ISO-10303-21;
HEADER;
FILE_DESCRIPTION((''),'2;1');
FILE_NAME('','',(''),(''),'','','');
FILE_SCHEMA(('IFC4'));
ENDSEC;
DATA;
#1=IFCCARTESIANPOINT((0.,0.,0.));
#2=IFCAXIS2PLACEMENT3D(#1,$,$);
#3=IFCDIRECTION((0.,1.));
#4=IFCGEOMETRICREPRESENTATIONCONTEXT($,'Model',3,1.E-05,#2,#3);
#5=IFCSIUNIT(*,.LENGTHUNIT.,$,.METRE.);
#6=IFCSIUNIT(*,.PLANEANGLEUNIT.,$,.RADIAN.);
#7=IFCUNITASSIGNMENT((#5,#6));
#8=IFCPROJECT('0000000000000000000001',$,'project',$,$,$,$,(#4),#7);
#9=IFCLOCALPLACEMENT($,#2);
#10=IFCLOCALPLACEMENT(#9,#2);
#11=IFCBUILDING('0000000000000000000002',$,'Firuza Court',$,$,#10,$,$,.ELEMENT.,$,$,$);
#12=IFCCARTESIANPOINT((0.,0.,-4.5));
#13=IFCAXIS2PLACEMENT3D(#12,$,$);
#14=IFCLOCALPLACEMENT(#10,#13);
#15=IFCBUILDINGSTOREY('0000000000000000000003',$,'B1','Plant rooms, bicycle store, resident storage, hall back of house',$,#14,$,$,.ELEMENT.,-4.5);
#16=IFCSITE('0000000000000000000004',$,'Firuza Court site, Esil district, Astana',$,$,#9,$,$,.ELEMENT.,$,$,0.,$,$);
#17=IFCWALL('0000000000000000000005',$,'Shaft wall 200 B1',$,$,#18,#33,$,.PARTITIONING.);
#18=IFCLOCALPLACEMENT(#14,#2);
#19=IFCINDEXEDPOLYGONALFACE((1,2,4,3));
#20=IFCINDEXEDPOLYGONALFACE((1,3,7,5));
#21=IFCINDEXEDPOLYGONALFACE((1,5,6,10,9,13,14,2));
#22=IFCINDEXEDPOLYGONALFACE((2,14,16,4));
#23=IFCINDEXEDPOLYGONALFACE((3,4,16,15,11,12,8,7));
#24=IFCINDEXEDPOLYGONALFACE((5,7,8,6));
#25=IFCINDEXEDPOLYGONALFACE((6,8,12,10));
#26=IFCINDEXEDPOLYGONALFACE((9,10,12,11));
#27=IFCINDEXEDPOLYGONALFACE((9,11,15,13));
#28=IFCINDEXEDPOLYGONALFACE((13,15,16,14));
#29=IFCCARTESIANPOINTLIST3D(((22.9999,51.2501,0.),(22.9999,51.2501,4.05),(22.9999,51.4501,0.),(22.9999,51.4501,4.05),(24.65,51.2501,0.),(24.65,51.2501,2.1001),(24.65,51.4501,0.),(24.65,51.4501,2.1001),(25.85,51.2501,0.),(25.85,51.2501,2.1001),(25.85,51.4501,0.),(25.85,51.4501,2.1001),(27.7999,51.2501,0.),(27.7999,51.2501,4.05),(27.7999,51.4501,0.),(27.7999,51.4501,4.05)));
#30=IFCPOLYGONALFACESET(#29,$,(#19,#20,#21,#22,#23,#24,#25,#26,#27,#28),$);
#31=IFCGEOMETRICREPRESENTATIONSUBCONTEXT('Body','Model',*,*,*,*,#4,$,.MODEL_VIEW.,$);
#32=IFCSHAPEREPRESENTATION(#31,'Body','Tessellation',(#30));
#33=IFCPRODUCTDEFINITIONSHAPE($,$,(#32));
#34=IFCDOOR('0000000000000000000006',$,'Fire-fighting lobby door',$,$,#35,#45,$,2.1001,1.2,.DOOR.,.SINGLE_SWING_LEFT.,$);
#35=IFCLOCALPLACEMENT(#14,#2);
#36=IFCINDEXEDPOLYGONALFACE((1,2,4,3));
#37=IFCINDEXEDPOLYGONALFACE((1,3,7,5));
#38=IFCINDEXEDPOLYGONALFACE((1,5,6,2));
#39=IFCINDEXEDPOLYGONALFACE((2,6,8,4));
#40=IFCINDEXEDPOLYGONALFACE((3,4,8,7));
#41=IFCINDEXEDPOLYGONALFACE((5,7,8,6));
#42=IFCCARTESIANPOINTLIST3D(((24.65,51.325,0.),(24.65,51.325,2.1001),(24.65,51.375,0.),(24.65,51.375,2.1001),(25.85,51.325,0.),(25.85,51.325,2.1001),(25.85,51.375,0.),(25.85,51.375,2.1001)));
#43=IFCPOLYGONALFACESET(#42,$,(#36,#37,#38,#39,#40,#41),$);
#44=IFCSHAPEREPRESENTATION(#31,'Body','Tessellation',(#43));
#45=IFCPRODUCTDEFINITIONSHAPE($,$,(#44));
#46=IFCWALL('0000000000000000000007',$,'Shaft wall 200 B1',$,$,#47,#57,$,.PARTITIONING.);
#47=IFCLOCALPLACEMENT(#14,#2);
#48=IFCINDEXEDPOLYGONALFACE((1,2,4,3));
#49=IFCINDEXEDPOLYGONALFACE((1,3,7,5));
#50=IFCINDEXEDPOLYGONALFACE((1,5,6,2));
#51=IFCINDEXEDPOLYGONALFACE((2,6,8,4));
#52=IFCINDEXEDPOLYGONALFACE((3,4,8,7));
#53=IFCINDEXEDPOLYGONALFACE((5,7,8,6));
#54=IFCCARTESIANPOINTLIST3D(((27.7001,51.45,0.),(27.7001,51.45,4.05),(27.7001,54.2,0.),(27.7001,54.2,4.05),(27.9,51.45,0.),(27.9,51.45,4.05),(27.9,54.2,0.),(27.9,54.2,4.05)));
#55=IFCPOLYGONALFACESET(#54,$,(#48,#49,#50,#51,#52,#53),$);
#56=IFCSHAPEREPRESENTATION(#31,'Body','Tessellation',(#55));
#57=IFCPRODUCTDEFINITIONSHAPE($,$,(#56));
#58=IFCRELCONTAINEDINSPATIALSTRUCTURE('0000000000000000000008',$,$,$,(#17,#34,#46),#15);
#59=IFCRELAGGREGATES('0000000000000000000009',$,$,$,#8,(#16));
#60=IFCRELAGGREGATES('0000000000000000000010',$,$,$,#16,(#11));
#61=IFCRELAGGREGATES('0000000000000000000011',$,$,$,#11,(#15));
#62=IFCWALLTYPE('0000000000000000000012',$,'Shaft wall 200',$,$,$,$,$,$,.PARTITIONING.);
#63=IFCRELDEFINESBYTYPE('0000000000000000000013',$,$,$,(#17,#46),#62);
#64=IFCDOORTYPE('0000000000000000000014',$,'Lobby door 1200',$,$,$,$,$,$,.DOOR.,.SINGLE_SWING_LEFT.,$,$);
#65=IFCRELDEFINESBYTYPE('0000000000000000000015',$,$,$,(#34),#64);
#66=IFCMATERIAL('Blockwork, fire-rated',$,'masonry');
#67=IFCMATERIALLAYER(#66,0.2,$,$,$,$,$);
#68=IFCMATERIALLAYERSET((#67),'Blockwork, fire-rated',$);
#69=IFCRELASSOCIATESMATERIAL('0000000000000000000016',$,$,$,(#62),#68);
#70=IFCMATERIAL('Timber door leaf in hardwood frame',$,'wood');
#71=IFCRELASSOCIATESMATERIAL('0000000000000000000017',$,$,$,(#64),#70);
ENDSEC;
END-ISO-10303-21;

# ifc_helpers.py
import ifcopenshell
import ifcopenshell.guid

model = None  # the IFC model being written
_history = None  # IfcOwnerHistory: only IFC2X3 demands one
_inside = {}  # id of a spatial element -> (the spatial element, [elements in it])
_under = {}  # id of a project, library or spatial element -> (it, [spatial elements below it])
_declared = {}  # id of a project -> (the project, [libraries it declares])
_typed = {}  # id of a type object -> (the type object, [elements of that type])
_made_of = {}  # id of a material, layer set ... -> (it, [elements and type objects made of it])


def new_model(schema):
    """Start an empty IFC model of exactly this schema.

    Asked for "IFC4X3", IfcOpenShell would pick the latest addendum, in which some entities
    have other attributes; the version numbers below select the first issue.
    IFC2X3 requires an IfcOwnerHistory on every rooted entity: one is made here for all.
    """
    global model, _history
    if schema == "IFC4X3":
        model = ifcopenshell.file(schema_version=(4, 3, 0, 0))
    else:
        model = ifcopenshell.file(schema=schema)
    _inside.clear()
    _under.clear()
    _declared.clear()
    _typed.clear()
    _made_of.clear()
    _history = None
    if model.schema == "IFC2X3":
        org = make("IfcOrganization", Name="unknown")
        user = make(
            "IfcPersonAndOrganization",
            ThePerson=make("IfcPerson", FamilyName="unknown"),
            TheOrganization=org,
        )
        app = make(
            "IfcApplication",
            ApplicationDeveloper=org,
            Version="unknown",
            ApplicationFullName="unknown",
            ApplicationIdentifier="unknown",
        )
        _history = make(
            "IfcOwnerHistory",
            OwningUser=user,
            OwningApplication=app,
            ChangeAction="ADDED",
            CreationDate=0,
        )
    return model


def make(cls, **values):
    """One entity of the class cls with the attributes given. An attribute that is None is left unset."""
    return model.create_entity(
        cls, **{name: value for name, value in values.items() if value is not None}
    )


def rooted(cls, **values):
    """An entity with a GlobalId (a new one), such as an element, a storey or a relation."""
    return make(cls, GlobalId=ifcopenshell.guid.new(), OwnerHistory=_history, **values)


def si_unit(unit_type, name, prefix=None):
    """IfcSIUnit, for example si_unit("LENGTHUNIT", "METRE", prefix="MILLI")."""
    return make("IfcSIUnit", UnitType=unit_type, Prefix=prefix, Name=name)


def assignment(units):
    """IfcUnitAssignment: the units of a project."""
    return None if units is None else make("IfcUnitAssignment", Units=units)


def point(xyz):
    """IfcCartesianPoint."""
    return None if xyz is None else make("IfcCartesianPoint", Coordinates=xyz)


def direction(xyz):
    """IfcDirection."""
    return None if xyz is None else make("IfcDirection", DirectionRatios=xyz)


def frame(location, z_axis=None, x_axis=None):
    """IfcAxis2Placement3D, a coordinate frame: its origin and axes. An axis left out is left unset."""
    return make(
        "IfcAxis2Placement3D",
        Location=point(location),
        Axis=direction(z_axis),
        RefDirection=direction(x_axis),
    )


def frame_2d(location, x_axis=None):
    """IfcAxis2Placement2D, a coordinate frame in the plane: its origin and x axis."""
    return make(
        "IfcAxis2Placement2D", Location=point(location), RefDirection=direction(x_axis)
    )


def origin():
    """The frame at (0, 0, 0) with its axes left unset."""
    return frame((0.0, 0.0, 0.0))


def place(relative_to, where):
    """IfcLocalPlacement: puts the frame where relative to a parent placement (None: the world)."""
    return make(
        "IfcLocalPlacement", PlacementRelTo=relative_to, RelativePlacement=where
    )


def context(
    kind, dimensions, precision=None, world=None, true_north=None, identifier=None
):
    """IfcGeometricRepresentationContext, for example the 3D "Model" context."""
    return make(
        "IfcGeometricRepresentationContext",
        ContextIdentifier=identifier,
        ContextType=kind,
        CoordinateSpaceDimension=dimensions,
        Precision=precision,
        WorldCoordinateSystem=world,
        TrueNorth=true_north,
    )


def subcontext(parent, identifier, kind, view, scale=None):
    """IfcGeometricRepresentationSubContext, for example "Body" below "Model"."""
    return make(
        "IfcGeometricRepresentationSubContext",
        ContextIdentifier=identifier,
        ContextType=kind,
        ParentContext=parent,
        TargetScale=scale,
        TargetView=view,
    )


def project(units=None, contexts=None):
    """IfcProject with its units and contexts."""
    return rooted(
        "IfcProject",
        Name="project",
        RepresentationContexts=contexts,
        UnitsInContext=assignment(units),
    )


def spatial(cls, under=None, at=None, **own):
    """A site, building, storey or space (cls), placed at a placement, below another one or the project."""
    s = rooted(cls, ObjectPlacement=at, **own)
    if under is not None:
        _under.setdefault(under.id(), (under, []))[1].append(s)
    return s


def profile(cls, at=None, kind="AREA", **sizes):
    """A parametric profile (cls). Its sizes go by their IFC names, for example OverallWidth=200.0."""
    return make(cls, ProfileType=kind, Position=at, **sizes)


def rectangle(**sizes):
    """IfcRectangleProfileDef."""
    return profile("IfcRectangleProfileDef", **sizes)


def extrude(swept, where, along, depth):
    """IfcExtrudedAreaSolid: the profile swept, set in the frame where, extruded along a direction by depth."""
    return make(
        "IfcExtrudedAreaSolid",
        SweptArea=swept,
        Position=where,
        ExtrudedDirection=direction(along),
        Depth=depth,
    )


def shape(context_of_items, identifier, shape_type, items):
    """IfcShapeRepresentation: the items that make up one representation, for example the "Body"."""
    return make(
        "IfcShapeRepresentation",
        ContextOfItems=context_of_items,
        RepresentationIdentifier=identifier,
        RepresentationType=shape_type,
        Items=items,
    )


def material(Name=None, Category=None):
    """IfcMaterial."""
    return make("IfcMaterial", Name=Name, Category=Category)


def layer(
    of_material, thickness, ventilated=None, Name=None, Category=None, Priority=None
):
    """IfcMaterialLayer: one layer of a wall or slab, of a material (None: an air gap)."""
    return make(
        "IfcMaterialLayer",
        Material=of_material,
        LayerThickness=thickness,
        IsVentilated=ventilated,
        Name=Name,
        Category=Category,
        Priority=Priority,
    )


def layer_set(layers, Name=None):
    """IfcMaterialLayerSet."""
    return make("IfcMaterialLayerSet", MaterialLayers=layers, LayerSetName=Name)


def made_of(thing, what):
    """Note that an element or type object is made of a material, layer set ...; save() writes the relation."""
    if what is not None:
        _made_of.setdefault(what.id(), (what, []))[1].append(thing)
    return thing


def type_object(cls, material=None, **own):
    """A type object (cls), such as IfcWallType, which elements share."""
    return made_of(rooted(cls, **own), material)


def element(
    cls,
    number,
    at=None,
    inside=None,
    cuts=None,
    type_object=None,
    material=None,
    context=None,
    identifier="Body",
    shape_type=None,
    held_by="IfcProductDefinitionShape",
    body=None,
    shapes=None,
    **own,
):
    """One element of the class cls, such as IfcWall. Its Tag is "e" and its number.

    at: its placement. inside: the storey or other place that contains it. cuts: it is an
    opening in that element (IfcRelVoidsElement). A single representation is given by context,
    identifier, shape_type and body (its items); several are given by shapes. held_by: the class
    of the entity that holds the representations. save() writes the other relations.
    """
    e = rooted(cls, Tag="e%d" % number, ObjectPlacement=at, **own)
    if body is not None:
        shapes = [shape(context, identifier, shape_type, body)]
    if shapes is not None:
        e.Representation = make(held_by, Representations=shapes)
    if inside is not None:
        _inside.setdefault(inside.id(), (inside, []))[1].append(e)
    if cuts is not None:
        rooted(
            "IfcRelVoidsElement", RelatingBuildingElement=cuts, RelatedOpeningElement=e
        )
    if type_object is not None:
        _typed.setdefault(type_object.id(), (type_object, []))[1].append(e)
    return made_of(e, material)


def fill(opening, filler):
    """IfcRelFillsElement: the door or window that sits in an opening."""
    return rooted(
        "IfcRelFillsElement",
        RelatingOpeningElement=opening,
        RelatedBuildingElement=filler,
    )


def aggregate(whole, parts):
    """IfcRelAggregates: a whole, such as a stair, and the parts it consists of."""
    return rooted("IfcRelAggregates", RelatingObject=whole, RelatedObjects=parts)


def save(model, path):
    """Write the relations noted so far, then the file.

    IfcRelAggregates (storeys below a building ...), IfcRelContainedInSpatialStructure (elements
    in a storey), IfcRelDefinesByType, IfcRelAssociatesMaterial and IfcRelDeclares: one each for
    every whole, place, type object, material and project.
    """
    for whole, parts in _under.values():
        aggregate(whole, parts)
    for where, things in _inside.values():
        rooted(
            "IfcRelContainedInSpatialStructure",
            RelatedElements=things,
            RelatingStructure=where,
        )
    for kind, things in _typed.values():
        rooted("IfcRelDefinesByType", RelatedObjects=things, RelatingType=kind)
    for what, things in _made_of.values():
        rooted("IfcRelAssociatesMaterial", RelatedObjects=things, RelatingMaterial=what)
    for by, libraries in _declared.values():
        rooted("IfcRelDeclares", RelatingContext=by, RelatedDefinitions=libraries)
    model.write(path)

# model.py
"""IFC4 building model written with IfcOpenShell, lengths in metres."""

from ifc_helpers import new_model, si_unit, direction, frame, frame_2d, origin, place, context, subcontext, project, spatial, rectangle, extrude, material, layer, layer_set, type_object, element, fill, save


model = new_model("IFC4")

# Units and contexts
model_context = context("Model", 3, precision=1e-05, world=origin(), true_north=direction((0.0, 1.0)))
body_context = subcontext(model_context, "Body", "Model", "MODEL_VIEW")
ifc_project = project(units=[si_unit("LENGTHUNIT", "METRE"), si_unit("PLANEANGLEUNIT", "RADIAN")], contexts=[model_context])

# Site, building, storey
site_placement = place(None, origin())
site = spatial("IfcSite", under=ifc_project, at=site_placement, Name="Firuza Court site, Esil district, Astana", CompositionType="ELEMENT", RefElevation=0.0)
building_placement = place(site_placement, origin())
building = spatial("IfcBuilding", under=site, at=building_placement, Name="Firuza Court", CompositionType="ELEMENT")
storey_placement = place(building_placement, frame((0.0, 0.0, -4.5)))
storey = spatial("IfcBuildingStorey", under=building, at=storey_placement, Name="B1", Description="Plant rooms, bicycle store, resident storage, hall back of house", CompositionType="ELEMENT", Elevation=-4.5)

# Shared definitions
ifc_material_1 = material(Name="Blockwork, fire-rated", Category="masonry")

# Shared definitions
ifc_layer_1 = layer(ifc_material_1, 0.2)
ifc_layer_set_1 = layer_set([ifc_layer_1], Name="Blockwork, fire-rated")
wall_type_1 = type_object("IfcWallType", Name="Shaft wall 200", PredefinedType="PARTITIONING", material=ifc_layer_set_1)

# Wall, opening, door
wall_1_placement = place(storey_placement, frame((23.0, 51.3501, 0.0), z_axis=(0.0, 0.0, 1.0), x_axis=(1.0, 0.0, 0.0)))
wall_1 = element("IfcWall", 1, at=wall_1_placement, inside=storey, type_object=wall_type_1, Name="Shaft wall 200 B1", PredefinedType="PARTITIONING", context=body_context, shape_type="SweptSolid", body=[
    extrude(rectangle(XDim=4.8, YDim=0.2, at=frame_2d((2.3999, 0.0))), origin(), (0.0, 0.0, 1.0), 4.05),
])
opening_1_placement = place(wall_1_placement, frame((1.6499, 0.0, 0.0)))
opening_1 = element("IfcOpeningElement", 2, at=opening_1_placement, cuts=wall_1, PredefinedType="OPENING", context=body_context, shape_type="SweptSolid", body=[
    extrude(rectangle(XDim=1.2, YDim=2.1001, at=frame_2d((0.6001, 1.05))), frame((0.0, 0.1118, 0.0), z_axis=(0.0, -1.0, 0.0), x_axis=(1.0, 0.0, 0.0)), (0.0, 0.0, 1.0), 0.2239),
])
ifc_material_2 = material(Name="Timber door leaf in hardwood frame", Category="wood")
door_type_1 = type_object("IfcDoorType", Name="Lobby door 1200", OperationType="SINGLE_SWING_LEFT", PredefinedType="DOOR", material=ifc_material_2)
door_1_placement = place(opening_1_placement, origin())
door_1 = element("IfcDoor", 3, at=door_1_placement, inside=storey, type_object=door_type_1, Name="Fire-fighting lobby door", OperationType="SINGLE_SWING_LEFT", OverallHeight=2.1001, OverallWidth=1.2, PredefinedType="DOOR", context=body_context, shape_type="SweptSolid", body=[
    extrude(rectangle(XDim=1.2, YDim=2.1001, at=frame_2d((0.6001, 1.05))), frame((0.0, 0.0249, 0.0), z_axis=(0.0, -1.0, 0.0), x_axis=(1.0, 0.0, 0.0)), (0.0, 0.0, 1.0), 0.05),
])
fill(opening_1, door_1)

# Wall
wall_2_placement = place(storey_placement, frame((27.8, 51.45, 0.0), z_axis=(0.0, 0.0, 1.0), x_axis=(0.0, 1.0, 0.0)))
element("IfcWall", 4, at=wall_2_placement, inside=storey, type_object=wall_type_1, Name="Shaft wall 200 B1", PredefinedType="PARTITIONING", context=body_context, shape_type="SweptSolid", body=[
    extrude(rectangle(XDim=2.75, YDim=0.2, at=frame_2d((1.375, 0.0))), origin(), (0.0, 0.0, 1.0), 4.05),
])

save(model, "model.ifc")
